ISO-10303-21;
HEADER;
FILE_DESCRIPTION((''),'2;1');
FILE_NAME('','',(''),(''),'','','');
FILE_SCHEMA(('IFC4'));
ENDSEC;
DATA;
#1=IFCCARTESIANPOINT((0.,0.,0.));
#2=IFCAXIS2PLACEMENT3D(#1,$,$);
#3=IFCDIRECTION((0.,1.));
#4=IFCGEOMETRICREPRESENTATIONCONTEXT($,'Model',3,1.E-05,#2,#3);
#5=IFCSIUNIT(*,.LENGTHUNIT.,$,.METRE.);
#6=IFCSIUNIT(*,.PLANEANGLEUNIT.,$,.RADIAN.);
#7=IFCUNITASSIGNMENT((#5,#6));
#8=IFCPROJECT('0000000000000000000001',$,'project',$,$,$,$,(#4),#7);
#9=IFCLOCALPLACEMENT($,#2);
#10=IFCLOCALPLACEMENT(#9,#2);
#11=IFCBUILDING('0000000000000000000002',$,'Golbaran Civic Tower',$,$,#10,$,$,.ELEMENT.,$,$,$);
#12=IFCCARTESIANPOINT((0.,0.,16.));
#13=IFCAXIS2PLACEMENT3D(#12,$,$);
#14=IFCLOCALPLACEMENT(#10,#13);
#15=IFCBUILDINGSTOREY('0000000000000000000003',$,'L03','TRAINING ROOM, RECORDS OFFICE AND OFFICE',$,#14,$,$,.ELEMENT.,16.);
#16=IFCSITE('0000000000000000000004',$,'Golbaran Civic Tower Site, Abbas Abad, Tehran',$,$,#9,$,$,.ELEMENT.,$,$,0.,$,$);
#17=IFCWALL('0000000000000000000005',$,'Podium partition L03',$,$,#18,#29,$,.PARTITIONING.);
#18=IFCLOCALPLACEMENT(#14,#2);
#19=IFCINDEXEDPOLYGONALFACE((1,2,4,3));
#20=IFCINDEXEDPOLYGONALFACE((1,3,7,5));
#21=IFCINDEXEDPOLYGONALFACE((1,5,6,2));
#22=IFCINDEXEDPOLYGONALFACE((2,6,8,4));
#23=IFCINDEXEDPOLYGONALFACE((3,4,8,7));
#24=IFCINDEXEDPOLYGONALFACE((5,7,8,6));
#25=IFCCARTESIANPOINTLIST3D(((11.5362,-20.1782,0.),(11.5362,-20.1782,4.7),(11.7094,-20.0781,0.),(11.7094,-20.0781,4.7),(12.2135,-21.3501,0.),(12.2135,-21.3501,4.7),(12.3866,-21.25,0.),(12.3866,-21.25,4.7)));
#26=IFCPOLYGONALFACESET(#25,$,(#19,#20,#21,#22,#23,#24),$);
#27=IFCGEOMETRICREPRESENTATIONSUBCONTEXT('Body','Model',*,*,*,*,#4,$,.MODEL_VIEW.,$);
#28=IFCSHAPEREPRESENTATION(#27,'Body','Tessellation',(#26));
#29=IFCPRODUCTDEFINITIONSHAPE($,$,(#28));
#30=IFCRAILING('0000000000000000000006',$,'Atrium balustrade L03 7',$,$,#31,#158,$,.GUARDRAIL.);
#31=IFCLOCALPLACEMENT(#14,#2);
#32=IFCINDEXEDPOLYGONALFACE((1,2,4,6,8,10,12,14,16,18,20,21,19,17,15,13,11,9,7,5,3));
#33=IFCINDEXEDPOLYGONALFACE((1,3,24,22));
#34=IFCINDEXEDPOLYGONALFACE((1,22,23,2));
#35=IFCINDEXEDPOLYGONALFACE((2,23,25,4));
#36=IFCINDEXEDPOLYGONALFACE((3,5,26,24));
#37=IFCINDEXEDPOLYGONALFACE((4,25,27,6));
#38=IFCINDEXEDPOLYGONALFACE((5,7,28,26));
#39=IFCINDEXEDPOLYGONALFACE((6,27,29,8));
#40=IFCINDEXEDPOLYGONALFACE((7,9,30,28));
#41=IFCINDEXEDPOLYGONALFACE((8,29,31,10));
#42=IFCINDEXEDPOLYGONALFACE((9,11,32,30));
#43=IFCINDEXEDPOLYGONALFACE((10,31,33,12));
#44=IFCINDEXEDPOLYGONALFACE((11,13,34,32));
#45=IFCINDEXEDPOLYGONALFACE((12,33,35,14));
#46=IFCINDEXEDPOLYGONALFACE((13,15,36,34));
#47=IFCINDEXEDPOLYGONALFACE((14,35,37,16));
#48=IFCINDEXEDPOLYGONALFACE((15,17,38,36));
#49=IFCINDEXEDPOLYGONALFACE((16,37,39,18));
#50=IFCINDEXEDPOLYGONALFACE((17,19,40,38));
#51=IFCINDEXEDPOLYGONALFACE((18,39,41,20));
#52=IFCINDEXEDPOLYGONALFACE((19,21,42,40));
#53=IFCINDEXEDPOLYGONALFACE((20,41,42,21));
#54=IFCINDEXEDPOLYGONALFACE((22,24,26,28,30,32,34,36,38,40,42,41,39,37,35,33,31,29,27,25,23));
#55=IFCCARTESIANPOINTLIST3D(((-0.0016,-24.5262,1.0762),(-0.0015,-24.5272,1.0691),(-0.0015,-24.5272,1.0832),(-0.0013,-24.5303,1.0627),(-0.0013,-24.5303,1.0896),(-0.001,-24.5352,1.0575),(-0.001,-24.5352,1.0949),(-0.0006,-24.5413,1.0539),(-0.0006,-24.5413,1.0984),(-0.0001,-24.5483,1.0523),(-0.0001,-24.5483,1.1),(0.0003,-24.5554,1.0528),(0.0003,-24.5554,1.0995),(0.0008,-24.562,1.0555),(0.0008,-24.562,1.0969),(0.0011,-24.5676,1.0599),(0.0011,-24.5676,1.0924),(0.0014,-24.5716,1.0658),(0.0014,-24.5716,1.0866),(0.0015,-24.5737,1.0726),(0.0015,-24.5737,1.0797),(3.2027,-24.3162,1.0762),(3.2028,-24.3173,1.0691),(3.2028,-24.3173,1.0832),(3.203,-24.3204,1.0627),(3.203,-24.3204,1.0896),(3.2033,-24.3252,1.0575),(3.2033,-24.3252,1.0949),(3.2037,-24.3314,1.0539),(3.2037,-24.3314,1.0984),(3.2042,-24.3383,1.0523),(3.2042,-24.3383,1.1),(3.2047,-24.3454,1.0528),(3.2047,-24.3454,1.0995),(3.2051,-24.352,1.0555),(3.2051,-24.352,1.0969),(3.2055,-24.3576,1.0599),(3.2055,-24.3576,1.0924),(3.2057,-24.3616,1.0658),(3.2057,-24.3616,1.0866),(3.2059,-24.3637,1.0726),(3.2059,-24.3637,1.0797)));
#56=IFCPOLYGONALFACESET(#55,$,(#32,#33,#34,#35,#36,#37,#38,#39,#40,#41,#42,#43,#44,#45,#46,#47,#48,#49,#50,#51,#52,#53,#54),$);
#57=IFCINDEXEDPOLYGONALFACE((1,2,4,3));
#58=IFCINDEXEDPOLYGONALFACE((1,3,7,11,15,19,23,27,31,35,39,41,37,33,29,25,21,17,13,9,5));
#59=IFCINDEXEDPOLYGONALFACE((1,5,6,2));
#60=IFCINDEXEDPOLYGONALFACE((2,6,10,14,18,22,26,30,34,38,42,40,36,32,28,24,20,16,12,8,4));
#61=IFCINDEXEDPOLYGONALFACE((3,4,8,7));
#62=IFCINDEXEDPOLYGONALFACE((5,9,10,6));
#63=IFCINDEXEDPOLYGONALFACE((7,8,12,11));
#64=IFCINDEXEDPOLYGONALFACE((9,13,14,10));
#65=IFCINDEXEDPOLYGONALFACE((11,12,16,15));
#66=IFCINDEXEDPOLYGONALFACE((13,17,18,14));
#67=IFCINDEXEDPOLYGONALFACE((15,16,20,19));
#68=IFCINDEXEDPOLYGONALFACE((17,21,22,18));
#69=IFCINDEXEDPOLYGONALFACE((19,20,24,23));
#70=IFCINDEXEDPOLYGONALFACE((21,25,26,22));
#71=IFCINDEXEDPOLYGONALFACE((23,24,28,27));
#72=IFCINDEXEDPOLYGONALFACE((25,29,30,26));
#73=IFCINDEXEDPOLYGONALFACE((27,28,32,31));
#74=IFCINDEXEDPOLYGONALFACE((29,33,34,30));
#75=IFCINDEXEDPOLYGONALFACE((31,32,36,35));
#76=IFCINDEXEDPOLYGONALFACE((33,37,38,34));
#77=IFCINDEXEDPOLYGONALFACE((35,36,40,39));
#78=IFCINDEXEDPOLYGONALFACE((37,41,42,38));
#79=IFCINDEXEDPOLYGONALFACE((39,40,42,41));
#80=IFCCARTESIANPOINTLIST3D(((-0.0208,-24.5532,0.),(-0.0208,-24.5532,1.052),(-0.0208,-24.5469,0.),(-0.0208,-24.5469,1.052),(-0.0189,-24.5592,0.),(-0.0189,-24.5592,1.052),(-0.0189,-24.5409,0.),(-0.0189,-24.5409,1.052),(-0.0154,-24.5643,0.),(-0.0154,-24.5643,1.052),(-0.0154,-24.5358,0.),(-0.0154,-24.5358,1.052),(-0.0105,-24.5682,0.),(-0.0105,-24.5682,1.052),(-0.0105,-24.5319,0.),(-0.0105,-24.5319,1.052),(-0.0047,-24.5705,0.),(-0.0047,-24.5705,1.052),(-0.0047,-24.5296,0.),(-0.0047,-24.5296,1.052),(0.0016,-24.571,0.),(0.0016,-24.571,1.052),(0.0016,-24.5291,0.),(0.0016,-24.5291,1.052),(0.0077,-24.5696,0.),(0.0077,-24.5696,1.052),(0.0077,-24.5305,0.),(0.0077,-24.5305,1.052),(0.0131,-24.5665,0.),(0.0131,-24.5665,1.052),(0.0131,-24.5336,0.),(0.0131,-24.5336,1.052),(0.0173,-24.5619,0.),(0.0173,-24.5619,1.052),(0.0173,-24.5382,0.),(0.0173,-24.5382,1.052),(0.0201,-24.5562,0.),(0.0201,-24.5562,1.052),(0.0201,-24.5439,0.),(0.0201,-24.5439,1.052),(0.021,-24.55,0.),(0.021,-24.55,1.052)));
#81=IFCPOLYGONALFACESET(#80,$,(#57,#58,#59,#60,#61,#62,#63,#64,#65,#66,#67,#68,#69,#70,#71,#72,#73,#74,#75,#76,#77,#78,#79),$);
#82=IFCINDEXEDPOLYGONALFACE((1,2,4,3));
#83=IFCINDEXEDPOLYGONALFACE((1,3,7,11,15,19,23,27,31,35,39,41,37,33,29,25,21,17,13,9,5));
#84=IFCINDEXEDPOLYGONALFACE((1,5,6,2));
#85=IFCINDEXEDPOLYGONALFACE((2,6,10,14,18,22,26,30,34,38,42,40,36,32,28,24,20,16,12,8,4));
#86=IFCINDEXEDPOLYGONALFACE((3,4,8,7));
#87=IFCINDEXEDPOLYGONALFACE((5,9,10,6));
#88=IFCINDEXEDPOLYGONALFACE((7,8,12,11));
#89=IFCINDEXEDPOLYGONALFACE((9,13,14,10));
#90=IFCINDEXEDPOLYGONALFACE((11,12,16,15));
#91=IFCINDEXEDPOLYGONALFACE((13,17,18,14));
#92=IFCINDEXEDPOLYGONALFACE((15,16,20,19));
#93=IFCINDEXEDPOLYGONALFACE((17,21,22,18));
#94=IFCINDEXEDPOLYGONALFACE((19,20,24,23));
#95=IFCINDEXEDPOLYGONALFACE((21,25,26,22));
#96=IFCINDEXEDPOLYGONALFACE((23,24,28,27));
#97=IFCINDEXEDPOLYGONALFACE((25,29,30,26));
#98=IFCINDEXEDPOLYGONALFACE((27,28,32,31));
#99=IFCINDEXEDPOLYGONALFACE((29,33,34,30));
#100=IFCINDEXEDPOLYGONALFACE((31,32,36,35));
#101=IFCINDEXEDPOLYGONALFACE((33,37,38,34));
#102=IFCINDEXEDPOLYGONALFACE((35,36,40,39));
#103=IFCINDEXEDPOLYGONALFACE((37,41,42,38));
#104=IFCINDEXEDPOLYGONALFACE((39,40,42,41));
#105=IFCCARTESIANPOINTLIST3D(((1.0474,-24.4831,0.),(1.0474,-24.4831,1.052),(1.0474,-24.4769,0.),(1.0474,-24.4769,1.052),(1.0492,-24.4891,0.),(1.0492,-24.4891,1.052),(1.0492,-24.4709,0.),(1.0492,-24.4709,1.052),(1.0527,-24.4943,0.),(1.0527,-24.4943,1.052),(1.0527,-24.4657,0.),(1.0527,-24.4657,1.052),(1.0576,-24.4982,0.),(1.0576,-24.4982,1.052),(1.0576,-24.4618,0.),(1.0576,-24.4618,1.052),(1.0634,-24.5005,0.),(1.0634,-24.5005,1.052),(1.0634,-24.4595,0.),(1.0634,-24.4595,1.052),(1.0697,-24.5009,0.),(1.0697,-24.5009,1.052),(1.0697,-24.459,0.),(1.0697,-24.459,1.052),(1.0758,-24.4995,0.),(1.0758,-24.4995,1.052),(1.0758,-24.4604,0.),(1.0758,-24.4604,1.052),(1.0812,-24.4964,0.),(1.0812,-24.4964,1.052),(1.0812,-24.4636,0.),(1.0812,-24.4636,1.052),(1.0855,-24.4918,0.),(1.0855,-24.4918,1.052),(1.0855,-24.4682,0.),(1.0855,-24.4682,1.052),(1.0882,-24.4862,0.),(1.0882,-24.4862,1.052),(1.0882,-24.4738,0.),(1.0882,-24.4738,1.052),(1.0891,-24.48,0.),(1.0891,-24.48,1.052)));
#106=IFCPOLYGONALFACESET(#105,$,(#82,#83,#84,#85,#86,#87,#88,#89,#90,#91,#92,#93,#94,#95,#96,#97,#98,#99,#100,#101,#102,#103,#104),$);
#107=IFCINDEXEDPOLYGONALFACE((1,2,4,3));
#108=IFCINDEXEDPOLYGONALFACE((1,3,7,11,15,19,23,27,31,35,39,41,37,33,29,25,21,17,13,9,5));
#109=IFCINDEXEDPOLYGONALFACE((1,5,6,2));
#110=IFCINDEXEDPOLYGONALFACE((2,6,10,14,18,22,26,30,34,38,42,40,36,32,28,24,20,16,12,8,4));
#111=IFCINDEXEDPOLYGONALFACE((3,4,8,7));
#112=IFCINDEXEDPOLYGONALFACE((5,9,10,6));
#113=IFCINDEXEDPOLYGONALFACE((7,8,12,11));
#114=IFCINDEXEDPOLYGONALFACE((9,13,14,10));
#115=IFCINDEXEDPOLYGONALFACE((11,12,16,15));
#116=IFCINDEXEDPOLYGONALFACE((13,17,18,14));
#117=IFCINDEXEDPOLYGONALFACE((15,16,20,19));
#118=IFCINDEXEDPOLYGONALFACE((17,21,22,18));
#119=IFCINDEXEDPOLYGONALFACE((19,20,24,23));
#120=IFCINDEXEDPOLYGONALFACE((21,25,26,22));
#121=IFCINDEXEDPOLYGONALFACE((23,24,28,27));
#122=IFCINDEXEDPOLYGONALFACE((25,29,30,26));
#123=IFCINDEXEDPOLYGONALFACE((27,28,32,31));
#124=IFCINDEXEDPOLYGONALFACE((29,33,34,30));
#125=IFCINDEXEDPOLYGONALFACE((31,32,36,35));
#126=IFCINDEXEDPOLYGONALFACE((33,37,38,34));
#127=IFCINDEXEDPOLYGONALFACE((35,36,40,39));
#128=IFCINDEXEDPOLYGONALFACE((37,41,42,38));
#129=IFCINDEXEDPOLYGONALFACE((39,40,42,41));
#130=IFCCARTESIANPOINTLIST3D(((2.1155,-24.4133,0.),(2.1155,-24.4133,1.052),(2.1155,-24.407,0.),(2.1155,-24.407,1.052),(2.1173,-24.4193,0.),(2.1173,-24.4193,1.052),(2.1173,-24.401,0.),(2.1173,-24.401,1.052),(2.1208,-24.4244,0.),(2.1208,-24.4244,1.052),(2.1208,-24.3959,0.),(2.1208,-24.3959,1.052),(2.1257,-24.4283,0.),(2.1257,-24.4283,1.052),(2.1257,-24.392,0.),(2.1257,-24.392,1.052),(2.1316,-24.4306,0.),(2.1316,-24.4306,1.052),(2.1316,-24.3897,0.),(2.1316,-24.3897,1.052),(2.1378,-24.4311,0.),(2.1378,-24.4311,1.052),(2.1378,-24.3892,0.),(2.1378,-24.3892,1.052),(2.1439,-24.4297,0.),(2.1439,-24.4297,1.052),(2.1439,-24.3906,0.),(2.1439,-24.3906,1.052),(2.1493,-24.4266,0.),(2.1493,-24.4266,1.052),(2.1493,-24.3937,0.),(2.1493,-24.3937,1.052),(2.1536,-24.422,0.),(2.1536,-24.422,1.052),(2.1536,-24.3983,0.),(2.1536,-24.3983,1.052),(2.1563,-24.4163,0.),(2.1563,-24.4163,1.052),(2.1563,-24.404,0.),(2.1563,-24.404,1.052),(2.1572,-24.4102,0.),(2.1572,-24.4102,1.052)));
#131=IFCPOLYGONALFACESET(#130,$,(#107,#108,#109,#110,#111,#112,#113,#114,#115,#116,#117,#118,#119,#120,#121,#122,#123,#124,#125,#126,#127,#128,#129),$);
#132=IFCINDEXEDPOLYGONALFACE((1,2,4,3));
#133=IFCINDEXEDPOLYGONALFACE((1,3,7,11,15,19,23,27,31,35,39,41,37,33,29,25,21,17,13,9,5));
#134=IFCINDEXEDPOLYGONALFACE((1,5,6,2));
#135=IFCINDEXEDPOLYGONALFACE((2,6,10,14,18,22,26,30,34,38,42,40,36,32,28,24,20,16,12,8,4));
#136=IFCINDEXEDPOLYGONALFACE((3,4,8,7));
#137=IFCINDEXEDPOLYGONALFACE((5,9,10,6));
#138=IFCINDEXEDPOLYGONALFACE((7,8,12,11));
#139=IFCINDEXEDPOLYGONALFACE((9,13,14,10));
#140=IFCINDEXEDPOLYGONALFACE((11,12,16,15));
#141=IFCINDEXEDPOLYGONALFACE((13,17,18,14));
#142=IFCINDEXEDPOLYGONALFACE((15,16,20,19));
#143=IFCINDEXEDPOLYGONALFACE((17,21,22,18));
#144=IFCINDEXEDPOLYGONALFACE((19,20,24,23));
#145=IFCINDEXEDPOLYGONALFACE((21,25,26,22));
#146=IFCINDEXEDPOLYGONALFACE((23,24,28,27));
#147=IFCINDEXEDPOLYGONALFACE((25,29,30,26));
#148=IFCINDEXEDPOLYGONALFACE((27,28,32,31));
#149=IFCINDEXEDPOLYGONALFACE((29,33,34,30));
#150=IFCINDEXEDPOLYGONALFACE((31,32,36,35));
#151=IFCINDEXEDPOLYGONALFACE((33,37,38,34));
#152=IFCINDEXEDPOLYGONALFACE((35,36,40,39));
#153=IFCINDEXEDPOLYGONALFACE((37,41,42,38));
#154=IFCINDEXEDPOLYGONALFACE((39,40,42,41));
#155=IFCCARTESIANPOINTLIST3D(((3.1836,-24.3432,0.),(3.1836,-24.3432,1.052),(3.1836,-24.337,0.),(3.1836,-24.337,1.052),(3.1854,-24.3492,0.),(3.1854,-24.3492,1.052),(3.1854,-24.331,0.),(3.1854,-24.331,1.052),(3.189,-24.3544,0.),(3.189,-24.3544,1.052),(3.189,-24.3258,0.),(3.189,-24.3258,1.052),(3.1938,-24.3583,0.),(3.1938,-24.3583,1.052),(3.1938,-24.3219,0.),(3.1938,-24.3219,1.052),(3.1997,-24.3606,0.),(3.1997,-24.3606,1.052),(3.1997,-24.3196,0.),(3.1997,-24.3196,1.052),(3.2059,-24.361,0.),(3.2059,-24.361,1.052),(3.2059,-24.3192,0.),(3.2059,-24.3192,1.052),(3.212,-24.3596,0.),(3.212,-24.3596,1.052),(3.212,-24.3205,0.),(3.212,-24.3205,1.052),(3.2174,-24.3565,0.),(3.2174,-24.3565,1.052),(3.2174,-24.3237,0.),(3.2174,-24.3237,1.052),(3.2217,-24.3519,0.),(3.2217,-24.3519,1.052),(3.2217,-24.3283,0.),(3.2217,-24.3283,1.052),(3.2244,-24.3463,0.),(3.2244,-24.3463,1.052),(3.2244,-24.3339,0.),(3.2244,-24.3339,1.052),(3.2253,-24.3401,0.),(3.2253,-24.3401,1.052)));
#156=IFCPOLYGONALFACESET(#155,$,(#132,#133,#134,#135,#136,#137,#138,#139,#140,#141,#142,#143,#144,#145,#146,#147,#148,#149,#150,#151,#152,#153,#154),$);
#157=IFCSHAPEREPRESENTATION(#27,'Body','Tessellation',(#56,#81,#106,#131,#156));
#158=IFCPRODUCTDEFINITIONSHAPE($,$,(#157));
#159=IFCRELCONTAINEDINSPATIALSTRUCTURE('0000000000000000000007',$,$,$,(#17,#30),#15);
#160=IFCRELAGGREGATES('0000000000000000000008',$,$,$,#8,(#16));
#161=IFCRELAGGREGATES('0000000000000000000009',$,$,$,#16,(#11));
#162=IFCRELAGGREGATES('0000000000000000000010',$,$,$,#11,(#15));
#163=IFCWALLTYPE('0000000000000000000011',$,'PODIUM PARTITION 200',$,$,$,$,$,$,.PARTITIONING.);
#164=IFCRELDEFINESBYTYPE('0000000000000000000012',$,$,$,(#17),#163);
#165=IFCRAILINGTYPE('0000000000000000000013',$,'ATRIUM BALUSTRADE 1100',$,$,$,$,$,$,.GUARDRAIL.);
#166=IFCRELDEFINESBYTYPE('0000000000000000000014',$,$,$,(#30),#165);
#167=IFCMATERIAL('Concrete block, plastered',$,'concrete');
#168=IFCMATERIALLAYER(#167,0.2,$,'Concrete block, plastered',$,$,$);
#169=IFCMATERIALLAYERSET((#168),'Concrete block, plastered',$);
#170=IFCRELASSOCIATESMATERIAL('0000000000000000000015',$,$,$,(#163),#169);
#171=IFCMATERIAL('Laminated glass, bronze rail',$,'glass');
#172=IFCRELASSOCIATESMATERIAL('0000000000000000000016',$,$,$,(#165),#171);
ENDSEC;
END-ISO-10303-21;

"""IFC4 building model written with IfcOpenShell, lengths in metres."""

from ifc_helpers import new_model, si_unit, direction, frame, frame_2d, origin, origin_2d, place, context, subcontext, project, spatial, rectangle, circle, extrude, material, layer, layer_set, type_object, element, save


model = new_model("IFC4")

# Units and contexts
model_context = context("Model", 3, precision=1e-05, world=origin(), true_north=direction((0.0, 1.0)))
body_context = subcontext(model_context, "Body", "Model", "MODEL_VIEW")
ifc_project = project(units=[si_unit("LENGTHUNIT", "METRE"), si_unit("PLANEANGLEUNIT", "RADIAN")], contexts=[model_context])

# Site, building, storey
site_placement = place(None, origin())
site = spatial("IfcSite", under=ifc_project, at=site_placement, Name="Golbaran Civic Tower Site, Abbas Abad, Tehran", CompositionType="ELEMENT", RefElevation=0.0)
building_placement = place(site_placement, origin())
building = spatial("IfcBuilding", under=site, at=building_placement, Name="Golbaran Civic Tower", CompositionType="ELEMENT")
storey_placement = place(building_placement, frame((0.0, 0.0, 16.0)))
storey = spatial("IfcBuildingStorey", under=building, at=storey_placement, Name="L03", Description="TRAINING ROOM, RECORDS OFFICE AND OFFICE", CompositionType="ELEMENT", Elevation=16.0)

# Wall
ifc_material_1 = material(Name="Concrete block, plastered", Category="concrete")
ifc_layer = layer(ifc_material_1, 0.2, Name="Concrete block, plastered")
ifc_layer_set = layer_set([ifc_layer], Name="Concrete block, plastered")
wall_type = type_object("IfcWallType", Name="PODIUM PARTITION 200", PredefinedType="PARTITIONING", material=ifc_layer_set)
wall_placement = place(storey_placement, frame((11.6228, -20.1282, 0.0), z_axis=(0.0, 0.0, 1.0), x_axis=(0.500368, -0.865813, 0.0)))
element("IfcWall", 1, at=wall_placement, inside=storey, type_object=wall_type, Name="Podium partition L03", PredefinedType="PARTITIONING", context=body_context, shape_type="SweptSolid", body=[
    extrude(rectangle(XDim=1.3535, YDim=0.2, at=frame_2d((0.6768, 0.0))), origin(), (0.0, 0.0, 1.0), 4.7),
])

# Railing
ifc_material_2 = material(Name="Laminated glass, bronze rail", Category="glass")
railing_type = type_object("IfcRailingType", Name="ATRIUM BALUSTRADE 1100", PredefinedType="GUARDRAIL", material=ifc_material_2)
railing_1_placement = place(storey_placement, frame((0.0, -24.55, 0.0)))
element("IfcRailing", 2, at=railing_1_placement, inside=storey, type_object=railing_type, Name="Atrium balustrade L03 7", PredefinedType="GUARDRAIL", context=body_context, shape_type="SweptSolid", body=[
    extrude(circle(Radius=0.0239, at=origin_2d()), frame((0.0, 0.0, 1.0762), z_axis=(0.99786, 0.065384, 0.0), x_axis=(-0.065384, 0.99786, 0.0)), (0.0, 0.0, 1.0), 3.2112),
    extrude(circle(Radius=0.021, at=origin_2d()), origin(), (0.0, 0.0, 1.0), 1.052),
    extrude(circle(Radius=0.021, at=origin_2d()), frame((1.0681, 0.0701, 0.0)), (0.0, 0.0, 1.0), 1.052),
    extrude(circle(Radius=0.021, at=origin_2d()), frame((2.1362, 0.1399, 0.0)), (0.0, 0.0, 1.0), 1.052),
    extrude(circle(Radius=0.021, at=origin_2d()), frame((3.2043, 0.21, 0.0)), (0.0, 0.0, 1.0), 1.052),
])

save(model, "model.ifc")
